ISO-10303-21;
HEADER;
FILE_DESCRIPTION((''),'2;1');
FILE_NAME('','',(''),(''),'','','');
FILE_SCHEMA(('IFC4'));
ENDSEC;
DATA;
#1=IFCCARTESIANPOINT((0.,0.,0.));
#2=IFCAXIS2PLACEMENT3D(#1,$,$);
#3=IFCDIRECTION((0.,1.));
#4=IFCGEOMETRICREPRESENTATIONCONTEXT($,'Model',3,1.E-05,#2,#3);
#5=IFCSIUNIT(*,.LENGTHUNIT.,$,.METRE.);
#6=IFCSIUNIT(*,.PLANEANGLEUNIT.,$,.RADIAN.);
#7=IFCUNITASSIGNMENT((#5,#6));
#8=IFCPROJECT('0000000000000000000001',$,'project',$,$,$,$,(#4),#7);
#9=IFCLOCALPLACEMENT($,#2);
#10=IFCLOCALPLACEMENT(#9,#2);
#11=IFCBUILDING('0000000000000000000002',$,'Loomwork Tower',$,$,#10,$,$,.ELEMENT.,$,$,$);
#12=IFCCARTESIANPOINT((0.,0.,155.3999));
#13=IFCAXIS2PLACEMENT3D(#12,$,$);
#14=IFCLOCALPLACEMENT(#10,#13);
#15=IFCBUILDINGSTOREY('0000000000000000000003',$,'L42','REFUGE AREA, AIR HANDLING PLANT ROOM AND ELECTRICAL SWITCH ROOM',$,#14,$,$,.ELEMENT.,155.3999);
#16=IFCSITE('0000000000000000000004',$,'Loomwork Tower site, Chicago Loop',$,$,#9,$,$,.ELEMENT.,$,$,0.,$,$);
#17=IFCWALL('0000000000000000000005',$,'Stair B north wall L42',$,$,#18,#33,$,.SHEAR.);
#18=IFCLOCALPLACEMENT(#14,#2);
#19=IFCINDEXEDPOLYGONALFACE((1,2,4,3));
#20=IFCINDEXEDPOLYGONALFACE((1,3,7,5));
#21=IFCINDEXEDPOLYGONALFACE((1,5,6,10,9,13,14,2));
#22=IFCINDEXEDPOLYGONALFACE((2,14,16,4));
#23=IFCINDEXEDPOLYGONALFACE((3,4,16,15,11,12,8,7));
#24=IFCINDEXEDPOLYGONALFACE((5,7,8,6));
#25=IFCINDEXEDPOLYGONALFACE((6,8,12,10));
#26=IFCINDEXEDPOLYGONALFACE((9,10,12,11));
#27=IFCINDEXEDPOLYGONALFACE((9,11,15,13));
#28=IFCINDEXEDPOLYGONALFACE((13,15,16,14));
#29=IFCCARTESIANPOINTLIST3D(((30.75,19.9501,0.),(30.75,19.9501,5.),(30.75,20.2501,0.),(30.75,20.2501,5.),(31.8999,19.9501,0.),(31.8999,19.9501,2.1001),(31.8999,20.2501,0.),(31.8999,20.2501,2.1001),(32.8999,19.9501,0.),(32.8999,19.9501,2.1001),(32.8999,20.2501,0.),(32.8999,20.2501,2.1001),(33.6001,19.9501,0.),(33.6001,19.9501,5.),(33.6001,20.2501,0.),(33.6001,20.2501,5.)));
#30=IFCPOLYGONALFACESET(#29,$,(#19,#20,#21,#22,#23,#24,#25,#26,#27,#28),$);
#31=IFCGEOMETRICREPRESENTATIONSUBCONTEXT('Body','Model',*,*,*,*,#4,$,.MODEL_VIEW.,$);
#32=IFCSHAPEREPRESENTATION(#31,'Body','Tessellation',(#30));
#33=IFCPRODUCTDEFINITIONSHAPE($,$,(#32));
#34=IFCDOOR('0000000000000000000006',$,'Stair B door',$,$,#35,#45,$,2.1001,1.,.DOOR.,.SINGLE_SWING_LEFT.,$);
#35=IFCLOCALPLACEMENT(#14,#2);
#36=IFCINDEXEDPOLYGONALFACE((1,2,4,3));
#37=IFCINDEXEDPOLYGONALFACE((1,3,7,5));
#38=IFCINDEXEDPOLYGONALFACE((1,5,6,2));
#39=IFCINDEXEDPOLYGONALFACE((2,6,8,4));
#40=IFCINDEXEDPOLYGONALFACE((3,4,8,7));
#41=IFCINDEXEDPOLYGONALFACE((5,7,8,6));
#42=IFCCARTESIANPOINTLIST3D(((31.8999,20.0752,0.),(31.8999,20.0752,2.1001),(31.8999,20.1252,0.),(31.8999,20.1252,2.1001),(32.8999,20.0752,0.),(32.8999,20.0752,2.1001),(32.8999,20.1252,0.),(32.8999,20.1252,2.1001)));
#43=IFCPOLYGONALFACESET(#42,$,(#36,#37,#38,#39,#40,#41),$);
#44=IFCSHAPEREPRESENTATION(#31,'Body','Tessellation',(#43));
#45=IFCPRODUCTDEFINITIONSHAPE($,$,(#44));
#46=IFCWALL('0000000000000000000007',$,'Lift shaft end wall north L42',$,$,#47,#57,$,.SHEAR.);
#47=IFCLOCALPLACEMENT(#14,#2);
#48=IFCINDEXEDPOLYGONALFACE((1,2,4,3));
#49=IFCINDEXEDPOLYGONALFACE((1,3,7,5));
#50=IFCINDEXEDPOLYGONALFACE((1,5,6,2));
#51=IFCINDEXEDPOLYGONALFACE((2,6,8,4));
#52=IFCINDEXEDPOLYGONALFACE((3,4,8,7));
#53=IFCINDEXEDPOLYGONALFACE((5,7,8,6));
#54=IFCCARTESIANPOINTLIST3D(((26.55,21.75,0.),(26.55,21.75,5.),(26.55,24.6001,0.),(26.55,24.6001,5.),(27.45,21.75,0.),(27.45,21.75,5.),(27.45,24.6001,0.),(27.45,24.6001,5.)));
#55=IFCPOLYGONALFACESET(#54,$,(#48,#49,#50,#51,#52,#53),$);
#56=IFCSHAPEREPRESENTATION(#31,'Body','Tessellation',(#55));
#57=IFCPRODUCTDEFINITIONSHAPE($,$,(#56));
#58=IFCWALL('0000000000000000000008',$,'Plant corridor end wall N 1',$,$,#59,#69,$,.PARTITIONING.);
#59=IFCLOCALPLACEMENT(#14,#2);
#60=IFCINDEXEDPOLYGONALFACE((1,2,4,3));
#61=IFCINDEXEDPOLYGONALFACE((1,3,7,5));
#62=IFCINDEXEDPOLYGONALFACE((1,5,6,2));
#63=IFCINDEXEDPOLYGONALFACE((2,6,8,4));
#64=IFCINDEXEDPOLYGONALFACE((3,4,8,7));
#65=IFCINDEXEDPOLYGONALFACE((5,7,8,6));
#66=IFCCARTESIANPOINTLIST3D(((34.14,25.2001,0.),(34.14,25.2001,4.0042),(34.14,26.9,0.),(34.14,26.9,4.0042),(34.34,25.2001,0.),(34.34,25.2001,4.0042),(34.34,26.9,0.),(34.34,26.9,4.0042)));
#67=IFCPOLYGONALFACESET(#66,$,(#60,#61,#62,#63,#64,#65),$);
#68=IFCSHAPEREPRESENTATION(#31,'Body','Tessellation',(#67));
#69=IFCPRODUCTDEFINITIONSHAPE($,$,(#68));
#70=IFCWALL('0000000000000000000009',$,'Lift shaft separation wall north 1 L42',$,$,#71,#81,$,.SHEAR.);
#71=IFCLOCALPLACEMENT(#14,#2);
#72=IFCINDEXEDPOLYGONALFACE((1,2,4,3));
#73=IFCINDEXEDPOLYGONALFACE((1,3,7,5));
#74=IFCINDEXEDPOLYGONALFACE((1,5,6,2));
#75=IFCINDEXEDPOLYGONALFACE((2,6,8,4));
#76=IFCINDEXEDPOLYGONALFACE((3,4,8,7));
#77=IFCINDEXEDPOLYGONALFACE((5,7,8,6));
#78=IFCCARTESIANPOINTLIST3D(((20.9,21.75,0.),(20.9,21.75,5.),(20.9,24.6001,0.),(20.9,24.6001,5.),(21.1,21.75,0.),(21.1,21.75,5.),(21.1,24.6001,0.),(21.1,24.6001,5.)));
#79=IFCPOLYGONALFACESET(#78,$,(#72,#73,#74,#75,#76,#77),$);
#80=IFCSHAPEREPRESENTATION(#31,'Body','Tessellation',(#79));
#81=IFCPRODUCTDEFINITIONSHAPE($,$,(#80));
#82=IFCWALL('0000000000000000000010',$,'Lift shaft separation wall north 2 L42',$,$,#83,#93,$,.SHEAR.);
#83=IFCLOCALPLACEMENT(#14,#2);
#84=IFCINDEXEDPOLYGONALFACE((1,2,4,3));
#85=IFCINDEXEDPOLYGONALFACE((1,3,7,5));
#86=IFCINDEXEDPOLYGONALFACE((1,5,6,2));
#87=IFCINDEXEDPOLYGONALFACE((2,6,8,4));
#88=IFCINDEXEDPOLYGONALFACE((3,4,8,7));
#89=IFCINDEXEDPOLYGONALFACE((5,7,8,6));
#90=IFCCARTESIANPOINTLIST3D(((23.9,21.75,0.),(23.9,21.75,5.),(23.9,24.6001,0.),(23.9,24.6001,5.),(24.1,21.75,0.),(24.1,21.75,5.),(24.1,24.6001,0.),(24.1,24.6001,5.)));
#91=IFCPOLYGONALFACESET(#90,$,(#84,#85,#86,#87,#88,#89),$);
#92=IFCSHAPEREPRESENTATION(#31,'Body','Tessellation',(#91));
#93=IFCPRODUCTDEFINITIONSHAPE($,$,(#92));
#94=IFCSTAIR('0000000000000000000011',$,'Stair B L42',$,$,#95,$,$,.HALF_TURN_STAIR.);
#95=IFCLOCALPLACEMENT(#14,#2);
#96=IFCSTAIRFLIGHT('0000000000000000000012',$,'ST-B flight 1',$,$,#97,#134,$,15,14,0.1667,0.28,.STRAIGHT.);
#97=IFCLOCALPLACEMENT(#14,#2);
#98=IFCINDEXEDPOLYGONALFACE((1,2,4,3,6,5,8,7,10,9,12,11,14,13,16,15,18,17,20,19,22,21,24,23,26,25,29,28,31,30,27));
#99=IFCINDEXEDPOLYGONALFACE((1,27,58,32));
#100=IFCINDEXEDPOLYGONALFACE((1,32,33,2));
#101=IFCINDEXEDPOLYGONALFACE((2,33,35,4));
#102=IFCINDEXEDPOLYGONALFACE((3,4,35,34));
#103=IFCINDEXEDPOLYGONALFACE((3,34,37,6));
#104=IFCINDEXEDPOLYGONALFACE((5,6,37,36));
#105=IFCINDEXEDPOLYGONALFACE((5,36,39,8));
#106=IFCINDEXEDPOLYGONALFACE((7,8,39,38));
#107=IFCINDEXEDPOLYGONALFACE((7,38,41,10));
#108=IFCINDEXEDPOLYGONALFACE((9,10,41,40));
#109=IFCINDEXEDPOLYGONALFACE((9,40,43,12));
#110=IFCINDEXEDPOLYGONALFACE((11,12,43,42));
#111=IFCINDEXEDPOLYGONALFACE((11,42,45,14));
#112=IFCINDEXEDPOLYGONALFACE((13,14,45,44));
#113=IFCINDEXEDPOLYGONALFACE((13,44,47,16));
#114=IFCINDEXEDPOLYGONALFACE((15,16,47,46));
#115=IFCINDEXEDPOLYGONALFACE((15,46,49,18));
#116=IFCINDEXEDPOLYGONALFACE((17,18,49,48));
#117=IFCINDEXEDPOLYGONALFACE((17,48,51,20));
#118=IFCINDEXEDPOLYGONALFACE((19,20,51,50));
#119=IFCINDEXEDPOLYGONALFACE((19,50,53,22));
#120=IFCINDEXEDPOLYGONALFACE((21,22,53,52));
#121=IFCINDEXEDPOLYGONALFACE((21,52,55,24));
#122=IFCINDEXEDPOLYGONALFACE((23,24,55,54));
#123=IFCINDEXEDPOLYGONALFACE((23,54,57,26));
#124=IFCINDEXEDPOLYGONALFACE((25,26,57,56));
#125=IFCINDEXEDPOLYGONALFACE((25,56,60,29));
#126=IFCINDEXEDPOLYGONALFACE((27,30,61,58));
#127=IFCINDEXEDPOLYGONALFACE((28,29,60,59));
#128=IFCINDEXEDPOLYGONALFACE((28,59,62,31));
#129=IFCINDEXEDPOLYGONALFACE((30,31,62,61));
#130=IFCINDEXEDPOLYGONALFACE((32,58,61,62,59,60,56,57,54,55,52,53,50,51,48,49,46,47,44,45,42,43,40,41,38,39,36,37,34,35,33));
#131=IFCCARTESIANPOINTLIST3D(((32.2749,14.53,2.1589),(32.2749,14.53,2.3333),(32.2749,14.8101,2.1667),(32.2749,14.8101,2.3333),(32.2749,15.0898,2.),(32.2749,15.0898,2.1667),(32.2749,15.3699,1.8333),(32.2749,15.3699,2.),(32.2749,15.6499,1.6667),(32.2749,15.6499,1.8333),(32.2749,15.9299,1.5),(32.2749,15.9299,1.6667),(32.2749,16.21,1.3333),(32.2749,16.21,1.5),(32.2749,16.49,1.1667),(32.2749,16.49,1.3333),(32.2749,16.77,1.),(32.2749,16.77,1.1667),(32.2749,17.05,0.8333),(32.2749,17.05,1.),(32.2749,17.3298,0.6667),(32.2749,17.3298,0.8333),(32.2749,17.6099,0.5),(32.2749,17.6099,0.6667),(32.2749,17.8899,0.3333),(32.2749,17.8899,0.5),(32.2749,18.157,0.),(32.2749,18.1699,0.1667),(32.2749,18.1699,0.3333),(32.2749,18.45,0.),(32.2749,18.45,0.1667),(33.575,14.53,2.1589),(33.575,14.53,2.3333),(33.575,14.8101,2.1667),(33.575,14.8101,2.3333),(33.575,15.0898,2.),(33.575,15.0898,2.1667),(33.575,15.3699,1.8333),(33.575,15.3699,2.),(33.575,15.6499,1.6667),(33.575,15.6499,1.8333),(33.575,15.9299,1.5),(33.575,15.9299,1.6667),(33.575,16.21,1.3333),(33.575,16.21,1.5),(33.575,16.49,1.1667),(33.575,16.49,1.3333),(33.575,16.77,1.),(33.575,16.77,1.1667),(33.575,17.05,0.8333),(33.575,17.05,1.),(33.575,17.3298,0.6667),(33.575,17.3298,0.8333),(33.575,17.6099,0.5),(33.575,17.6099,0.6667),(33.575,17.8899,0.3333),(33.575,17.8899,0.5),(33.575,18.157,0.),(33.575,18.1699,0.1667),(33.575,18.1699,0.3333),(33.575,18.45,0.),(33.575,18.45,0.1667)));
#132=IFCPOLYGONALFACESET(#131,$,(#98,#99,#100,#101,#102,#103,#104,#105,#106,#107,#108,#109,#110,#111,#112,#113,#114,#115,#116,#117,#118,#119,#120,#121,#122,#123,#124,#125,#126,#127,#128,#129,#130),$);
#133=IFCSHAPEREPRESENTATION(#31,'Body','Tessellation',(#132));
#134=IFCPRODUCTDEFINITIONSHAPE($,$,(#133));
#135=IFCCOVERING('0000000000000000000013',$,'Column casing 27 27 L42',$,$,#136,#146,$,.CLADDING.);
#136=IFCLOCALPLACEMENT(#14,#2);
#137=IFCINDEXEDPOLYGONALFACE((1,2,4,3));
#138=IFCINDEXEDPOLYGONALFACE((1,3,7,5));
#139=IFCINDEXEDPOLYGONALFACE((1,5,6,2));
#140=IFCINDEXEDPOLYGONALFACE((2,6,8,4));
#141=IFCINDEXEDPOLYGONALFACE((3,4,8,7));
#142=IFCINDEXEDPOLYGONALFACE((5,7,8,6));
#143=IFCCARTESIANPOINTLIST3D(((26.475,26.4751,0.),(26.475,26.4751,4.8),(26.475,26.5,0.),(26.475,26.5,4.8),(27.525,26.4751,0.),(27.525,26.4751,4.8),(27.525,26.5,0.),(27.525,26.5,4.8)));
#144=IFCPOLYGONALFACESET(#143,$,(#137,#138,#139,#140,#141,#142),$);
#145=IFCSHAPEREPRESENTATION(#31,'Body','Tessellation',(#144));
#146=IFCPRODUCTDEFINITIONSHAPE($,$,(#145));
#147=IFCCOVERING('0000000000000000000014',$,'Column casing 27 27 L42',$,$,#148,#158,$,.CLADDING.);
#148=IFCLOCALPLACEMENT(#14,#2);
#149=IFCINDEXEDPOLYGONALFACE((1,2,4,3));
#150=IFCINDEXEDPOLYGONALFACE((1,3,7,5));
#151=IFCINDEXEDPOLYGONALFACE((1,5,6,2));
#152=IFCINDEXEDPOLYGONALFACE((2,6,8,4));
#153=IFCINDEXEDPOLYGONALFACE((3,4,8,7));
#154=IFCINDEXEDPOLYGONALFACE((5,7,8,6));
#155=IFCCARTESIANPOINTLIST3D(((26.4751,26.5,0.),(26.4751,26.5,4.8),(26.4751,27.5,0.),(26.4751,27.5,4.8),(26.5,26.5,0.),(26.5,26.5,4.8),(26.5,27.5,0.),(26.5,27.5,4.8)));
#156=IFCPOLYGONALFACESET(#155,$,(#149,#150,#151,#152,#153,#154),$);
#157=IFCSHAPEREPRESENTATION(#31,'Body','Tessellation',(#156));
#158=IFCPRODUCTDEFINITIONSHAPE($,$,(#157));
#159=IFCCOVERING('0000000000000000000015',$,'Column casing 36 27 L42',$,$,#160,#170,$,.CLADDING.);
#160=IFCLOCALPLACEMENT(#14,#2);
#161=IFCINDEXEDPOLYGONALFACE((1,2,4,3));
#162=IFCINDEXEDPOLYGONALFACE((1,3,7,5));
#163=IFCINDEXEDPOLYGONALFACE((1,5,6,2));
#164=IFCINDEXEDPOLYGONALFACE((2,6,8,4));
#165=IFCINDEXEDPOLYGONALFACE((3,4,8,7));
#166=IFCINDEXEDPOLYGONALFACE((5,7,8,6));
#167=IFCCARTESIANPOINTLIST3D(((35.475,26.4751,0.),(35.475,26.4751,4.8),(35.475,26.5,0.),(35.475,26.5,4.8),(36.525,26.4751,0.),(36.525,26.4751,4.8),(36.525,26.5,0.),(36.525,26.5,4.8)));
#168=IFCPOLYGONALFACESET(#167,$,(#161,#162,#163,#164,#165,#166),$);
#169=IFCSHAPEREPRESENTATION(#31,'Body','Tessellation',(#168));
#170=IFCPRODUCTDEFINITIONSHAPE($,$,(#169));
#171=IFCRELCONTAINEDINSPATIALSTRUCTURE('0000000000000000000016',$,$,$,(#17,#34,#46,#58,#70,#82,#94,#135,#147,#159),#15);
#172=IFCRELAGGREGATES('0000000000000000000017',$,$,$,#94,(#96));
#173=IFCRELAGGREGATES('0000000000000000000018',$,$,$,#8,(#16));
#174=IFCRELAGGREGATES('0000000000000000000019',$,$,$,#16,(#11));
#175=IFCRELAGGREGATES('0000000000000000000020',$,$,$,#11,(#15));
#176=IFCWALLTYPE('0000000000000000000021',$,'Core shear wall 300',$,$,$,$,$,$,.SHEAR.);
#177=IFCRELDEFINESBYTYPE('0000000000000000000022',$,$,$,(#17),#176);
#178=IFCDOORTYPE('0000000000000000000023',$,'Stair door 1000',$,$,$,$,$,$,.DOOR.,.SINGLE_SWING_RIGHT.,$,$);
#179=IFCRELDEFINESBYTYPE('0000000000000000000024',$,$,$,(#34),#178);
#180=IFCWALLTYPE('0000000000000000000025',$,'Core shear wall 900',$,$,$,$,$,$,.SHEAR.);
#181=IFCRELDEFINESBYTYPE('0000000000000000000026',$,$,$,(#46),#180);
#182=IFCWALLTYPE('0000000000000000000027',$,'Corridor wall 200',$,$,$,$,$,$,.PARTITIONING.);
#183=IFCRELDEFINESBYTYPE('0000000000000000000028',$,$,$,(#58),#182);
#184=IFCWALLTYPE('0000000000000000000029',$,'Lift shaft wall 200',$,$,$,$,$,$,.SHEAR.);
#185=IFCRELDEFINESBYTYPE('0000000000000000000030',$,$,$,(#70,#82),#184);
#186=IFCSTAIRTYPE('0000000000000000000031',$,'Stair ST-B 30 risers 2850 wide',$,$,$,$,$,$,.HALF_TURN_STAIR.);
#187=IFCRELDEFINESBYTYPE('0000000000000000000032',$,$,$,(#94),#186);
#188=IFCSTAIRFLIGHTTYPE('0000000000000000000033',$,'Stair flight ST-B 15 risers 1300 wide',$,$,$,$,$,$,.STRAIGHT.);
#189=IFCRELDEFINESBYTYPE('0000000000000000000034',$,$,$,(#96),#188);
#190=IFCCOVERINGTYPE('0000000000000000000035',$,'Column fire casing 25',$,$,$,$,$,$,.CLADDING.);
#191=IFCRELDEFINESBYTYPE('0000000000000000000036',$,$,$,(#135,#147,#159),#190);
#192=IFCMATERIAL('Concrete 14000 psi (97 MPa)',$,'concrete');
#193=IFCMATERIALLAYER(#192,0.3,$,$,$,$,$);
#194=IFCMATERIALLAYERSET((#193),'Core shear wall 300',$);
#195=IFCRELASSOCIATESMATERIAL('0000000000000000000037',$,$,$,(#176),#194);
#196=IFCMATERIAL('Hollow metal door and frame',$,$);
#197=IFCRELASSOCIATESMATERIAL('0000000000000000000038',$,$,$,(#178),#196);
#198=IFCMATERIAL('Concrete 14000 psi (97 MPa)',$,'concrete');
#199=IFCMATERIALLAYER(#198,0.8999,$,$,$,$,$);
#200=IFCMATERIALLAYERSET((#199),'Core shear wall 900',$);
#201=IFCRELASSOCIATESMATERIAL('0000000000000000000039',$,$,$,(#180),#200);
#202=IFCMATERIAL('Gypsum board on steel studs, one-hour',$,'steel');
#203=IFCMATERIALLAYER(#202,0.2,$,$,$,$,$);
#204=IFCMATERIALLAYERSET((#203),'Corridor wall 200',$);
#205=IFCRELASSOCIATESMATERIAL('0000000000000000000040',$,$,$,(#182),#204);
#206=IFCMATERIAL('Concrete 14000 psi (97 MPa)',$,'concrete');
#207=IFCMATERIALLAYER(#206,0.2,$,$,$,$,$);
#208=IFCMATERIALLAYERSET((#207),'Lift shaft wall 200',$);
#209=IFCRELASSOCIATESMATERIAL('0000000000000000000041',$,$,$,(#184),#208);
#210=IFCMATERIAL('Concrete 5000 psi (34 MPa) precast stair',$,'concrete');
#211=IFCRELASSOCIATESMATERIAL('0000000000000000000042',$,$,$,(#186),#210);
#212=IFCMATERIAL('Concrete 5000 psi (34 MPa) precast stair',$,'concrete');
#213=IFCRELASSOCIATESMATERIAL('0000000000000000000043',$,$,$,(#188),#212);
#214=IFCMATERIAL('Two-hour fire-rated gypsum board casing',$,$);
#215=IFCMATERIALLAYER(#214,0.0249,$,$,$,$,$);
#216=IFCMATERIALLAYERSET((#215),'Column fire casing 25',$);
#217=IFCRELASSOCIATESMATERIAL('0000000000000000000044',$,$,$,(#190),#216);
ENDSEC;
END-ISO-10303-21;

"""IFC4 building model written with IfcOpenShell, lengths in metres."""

from ifc_helpers import new_model, si_unit, direction, frame, frame_2d, origin, origin_2d, place, context, subcontext, project, spatial, polyline, rectangle, outline, extrude, material, layer, layer_set, type_object, element, fill, aggregate, save


model = new_model("IFC4")

# Units and contexts
model_context = context("Model", 3, precision=1e-05, world=origin(), true_north=direction((0.0, 1.0)))
body_context = subcontext(model_context, "Body", "Model", "MODEL_VIEW")
ifc_project = project(units=[si_unit("LENGTHUNIT", "METRE"), si_unit("PLANEANGLEUNIT", "RADIAN")], contexts=[model_context])

# Site, building, storey
site_placement = place(None, origin())
site = spatial("IfcSite", under=ifc_project, at=site_placement, Name="Loomwork Tower site, Chicago Loop", CompositionType="ELEMENT", RefElevation=0.0)
building_placement = place(site_placement, origin())
building = spatial("IfcBuilding", under=site, at=building_placement, Name="Loomwork Tower", CompositionType="ELEMENT")
storey_placement = place(building_placement, frame((0.0, 0.0, 155.3999)))
storey = spatial("IfcBuildingStorey", under=building, at=storey_placement, Name="L42", Description="REFUGE AREA, AIR HANDLING PLANT ROOM AND ELECTRICAL SWITCH ROOM", CompositionType="ELEMENT", Elevation=155.3999)

# Wall, opening, door
ifc_material_1 = material(Name="Concrete 14000 psi (97 MPa)", Category="concrete")
ifc_layer_1 = layer(ifc_material_1, 0.3)
ifc_layer_set_1 = layer_set([ifc_layer_1], Name="Core shear wall 300")
wall_type_1 = type_object("IfcWallType", Name="Core shear wall 300", PredefinedType="SHEAR", material=ifc_layer_set_1)
wall_1_placement = place(storey_placement, frame((30.75, 20.1001, 0.0), z_axis=(0.0, 0.0, 1.0), x_axis=(1.0, 0.0, 0.0)))
wall_1 = element("IfcWall", 1, at=wall_1_placement, inside=storey, type_object=wall_type_1, Name="Stair B north wall L42", PredefinedType="SHEAR", context=body_context, shape_type="SweptSolid", body=[
    extrude(rectangle(XDim=2.8501, YDim=0.3, at=frame_2d((1.425, 0.0))), origin(), (0.0, 0.0, 1.0), 5.0),
])
opening_placement = place(wall_1_placement, frame((1.1499, 0.0, 0.0)))
opening = element("IfcOpeningElement", 2, at=opening_placement, cuts=wall_1, PredefinedType="OPENING", context=body_context, shape_type="SweptSolid", body=[
    extrude(rectangle(XDim=1.0, YDim=2.1001, at=frame_2d((0.5, 1.05))), frame((0.0, 0.1599, 0.0), z_axis=(0.0, -1.0, 0.0), x_axis=(1.0, 0.0, 0.0)), (0.0, 0.0, 1.0), 0.3201),
])
ifc_material_2 = material(Name="Hollow metal door and frame")
door_type = type_object("IfcDoorType", Name="Stair door 1000", OperationType="SINGLE_SWING_RIGHT", PredefinedType="DOOR", material=ifc_material_2)
door_placement = place(opening_placement, frame((1.0, 0.0, 0.0), z_axis=(0.0, 0.0, 1.0), x_axis=(-1.0, 0.0, 0.0)))
door = element("IfcDoor", 3, at=door_placement, inside=storey, type_object=door_type, Name="Stair B door", OperationType="SINGLE_SWING_LEFT", OverallHeight=2.1001, OverallWidth=1.0, PredefinedType="DOOR", context=body_context, shape_type="SweptSolid", body=[
    extrude(rectangle(XDim=1.0, YDim=2.1001, at=frame_2d((0.5, 1.05))), frame((0.0, 0.0249, 0.0), z_axis=(0.0, -1.0, 0.0), x_axis=(1.0, 0.0, 0.0)), (0.0, 0.0, 1.0), 0.05),
])
fill(opening, door)

# Walls
ifc_material_3 = material(Name="Concrete 14000 psi (97 MPa)", Category="concrete")
ifc_layer_2 = layer(ifc_material_3, 0.8999)
ifc_layer_set_2 = layer_set([ifc_layer_2], Name="Core shear wall 900")
wall_type_2 = type_object("IfcWallType", Name="Core shear wall 900", PredefinedType="SHEAR", material=ifc_layer_set_2)
wall_2_placement = place(storey_placement, frame((27.0, 21.75, 0.0), z_axis=(0.0, 0.0, 1.0), x_axis=(0.0, 1.0, 0.0)))
element("IfcWall", 4, at=wall_2_placement, inside=storey, type_object=wall_type_2, Name="Lift shaft end wall north L42", PredefinedType="SHEAR", context=body_context, shape_type="SweptSolid", body=[
    extrude(rectangle(XDim=2.8501, YDim=0.8999, at=frame_2d((1.425, 0.0))), origin(), (0.0, 0.0, 1.0), 5.0),
])
ifc_material_4 = material(Name="Gypsum board on steel studs, one-hour", Category="steel")
ifc_layer_3 = layer(ifc_material_4, 0.2)
ifc_layer_set_3 = layer_set([ifc_layer_3], Name="Corridor wall 200")
wall_type_3 = type_object("IfcWallType", Name="Corridor wall 200", PredefinedType="PARTITIONING", material=ifc_layer_set_3)
wall_3_placement = place(storey_placement, frame((34.24, 25.2, 0.0), z_axis=(0.0, 0.0, 1.0), x_axis=(0.0, 1.0, 0.0)))
element("IfcWall", 5, at=wall_3_placement, inside=storey, type_object=wall_type_3, Name="Plant corridor end wall N 1", PredefinedType="PARTITIONING", context=body_context, shape_type="SweptSolid", body=[
    extrude(rectangle(XDim=1.7, YDim=0.2, at=frame_2d((0.8501, 0.0))), origin(), (0.0, 0.0, 1.0), 4.0042),
])
ifc_material_5 = material(Name="Concrete 14000 psi (97 MPa)", Category="concrete")
ifc_layer_4 = layer(ifc_material_5, 0.2)
ifc_layer_set_4 = layer_set([ifc_layer_4], Name="Lift shaft wall 200")
wall_type_4 = type_object("IfcWallType", Name="Lift shaft wall 200", PredefinedType="SHEAR", material=ifc_layer_set_4)
for number, where, z_axis, x_axis, name in (
    (6, (21.0, 21.75, 0.0), (0.0, 0.0, 1.0), (0.0, 1.0, 0.0), "Lift shaft separation wall north 1 L42"),
    (7, (24.0, 21.75, 0.0), (0.0, 0.0, 1.0), (0.0, 1.0, 0.0), "Lift shaft separation wall north 2 L42"),
):
    element("IfcWall", number, at=place(storey_placement, frame(where, z_axis=z_axis, x_axis=x_axis)), inside=storey, type_object=wall_type_4, Name=name, PredefinedType="SHEAR", context=body_context, shape_type="SweptSolid", body=[
        extrude(rectangle(XDim=2.8501, YDim=0.2, at=frame_2d((1.425, 0.0))), origin(), (0.0, 0.0, 1.0), 5.0),
    ])

# Stair, stair flight
ifc_material_6 = material(Name="Concrete 5000 psi (34 MPa) precast stair", Category="concrete")
stair_type = type_object("IfcStairType", Name="Stair ST-B 30 risers 2850 wide", PredefinedType="HALF_TURN_STAIR", material=ifc_material_6)
stair_placement = place(storey_placement, origin())
stair = element("IfcStair", 8, at=stair_placement, inside=storey, type_object=stair_type, Name="Stair B L42", PredefinedType="HALF_TURN_STAIR")
ifc_material_7 = material(Name="Concrete 5000 psi (34 MPa) precast stair", Category="concrete")
stair_flight_type = type_object("IfcStairFlightType", Name="Stair flight ST-B 15 risers 1300 wide", PredefinedType="STRAIGHT", material=ifc_material_7)
stair_flight_placement = place(storey_placement, frame((32.925, 18.45, 0.0), z_axis=(0.0, 0.0, 1.0), x_axis=(0.0, -1.0, 0.0)))
stair_flight = element("IfcStairFlight", 9, at=stair_flight_placement, type_object=stair_flight_type, Name="ST-B flight 1", NumberOfRisers=15, NumberOfTreads=14, PredefinedType="STRAIGHT", RiserHeight=0.1667, TreadLength=0.28, context=body_context, shape_type="SweptSolid", body=[
    extrude(outline(polyline([(0.0, 0.0), (0.0, 0.1667), (0.28, 0.1667), (0.28, 0.3333), (0.5601, 0.3333), (0.5601, 0.5), (0.8401, 0.5), (0.8401, 0.6667), (1.1201, 0.6667), (1.1201, 0.8333), (1.3999, 0.8333), (1.3999, 1.0), (1.6799, 1.0), (1.6799, 1.1667), (1.96, 1.1667), (1.96, 1.3333), (2.24, 1.3333), (2.24, 1.5), (2.52, 1.5), (2.52, 1.6667), (2.8, 1.6667), (2.8, 1.8333), (3.0801, 1.8333), (3.0801, 2.0), (3.3601, 2.0), (3.3601, 2.1667), (3.6399, 2.1667), (3.6399, 2.3333), (3.9199, 2.3333), (3.9199, 2.5), (3.9199, 2.1589), (0.293, 0.0), (0.0, 0.0)])), frame((0.0, 0.6499, 0.0), z_axis=(0.0, -1.0, 0.0), x_axis=(1.0, 0.0, 0.0)), (0.0, 0.0, 1.0), 1.3),
])
aggregate(stair, [stair_flight])

# Coverings
ifc_material_8 = material(Name="Two-hour fire-rated gypsum board casing")
ifc_layer_5 = layer(ifc_material_8, 0.0249)
ifc_layer_set_5 = layer_set([ifc_layer_5], Name="Column fire casing 25")
covering_type = type_object("IfcCoveringType", Name="Column fire casing 25", PredefinedType="CLADDING", material=ifc_layer_set_5)
covering_1_placement = place(storey_placement, frame((27.0, 26.4875, 0.0), z_axis=(0.0, 0.0, 1.0), x_axis=(1.0, 0.0, 0.0)))
element("IfcCovering", 10, at=covering_1_placement, inside=storey, type_object=covering_type, Name="Column casing 27 27 L42", PredefinedType="CLADDING", context=body_context, shape_type="SweptSolid", body=[
    extrude(rectangle(XDim=1.05, YDim=0.0249, at=origin_2d()), origin(), (0.0, 0.0, 1.0), 4.8),
])
covering_2_placement = place(storey_placement, frame((26.4875, 27.0, 0.0), z_axis=(0.0, 0.0, 1.0), x_axis=(1.0, 0.0, 0.0)))
element("IfcCovering", 11, at=covering_2_placement, inside=storey, type_object=covering_type, Name="Column casing 27 27 L42", PredefinedType="CLADDING", context=body_context, shape_type="SweptSolid", body=[
    extrude(rectangle(XDim=0.0249, YDim=1.0, at=origin_2d()), origin(), (0.0, 0.0, 1.0), 4.8),
])
covering_3_placement = place(storey_placement, frame((36.0, 26.4875, 0.0), z_axis=(0.0, 0.0, 1.0), x_axis=(1.0, 0.0, 0.0)))
element("IfcCovering", 12, at=covering_3_placement, inside=storey, type_object=covering_type, Name="Column casing 36 27 L42", PredefinedType="CLADDING", context=body_context, shape_type="SweptSolid", body=[
    extrude(rectangle(XDim=1.05, YDim=0.0249, at=origin_2d()), origin(), (0.0, 0.0, 1.0), 4.8),
])

save(model, "model.ifc")
